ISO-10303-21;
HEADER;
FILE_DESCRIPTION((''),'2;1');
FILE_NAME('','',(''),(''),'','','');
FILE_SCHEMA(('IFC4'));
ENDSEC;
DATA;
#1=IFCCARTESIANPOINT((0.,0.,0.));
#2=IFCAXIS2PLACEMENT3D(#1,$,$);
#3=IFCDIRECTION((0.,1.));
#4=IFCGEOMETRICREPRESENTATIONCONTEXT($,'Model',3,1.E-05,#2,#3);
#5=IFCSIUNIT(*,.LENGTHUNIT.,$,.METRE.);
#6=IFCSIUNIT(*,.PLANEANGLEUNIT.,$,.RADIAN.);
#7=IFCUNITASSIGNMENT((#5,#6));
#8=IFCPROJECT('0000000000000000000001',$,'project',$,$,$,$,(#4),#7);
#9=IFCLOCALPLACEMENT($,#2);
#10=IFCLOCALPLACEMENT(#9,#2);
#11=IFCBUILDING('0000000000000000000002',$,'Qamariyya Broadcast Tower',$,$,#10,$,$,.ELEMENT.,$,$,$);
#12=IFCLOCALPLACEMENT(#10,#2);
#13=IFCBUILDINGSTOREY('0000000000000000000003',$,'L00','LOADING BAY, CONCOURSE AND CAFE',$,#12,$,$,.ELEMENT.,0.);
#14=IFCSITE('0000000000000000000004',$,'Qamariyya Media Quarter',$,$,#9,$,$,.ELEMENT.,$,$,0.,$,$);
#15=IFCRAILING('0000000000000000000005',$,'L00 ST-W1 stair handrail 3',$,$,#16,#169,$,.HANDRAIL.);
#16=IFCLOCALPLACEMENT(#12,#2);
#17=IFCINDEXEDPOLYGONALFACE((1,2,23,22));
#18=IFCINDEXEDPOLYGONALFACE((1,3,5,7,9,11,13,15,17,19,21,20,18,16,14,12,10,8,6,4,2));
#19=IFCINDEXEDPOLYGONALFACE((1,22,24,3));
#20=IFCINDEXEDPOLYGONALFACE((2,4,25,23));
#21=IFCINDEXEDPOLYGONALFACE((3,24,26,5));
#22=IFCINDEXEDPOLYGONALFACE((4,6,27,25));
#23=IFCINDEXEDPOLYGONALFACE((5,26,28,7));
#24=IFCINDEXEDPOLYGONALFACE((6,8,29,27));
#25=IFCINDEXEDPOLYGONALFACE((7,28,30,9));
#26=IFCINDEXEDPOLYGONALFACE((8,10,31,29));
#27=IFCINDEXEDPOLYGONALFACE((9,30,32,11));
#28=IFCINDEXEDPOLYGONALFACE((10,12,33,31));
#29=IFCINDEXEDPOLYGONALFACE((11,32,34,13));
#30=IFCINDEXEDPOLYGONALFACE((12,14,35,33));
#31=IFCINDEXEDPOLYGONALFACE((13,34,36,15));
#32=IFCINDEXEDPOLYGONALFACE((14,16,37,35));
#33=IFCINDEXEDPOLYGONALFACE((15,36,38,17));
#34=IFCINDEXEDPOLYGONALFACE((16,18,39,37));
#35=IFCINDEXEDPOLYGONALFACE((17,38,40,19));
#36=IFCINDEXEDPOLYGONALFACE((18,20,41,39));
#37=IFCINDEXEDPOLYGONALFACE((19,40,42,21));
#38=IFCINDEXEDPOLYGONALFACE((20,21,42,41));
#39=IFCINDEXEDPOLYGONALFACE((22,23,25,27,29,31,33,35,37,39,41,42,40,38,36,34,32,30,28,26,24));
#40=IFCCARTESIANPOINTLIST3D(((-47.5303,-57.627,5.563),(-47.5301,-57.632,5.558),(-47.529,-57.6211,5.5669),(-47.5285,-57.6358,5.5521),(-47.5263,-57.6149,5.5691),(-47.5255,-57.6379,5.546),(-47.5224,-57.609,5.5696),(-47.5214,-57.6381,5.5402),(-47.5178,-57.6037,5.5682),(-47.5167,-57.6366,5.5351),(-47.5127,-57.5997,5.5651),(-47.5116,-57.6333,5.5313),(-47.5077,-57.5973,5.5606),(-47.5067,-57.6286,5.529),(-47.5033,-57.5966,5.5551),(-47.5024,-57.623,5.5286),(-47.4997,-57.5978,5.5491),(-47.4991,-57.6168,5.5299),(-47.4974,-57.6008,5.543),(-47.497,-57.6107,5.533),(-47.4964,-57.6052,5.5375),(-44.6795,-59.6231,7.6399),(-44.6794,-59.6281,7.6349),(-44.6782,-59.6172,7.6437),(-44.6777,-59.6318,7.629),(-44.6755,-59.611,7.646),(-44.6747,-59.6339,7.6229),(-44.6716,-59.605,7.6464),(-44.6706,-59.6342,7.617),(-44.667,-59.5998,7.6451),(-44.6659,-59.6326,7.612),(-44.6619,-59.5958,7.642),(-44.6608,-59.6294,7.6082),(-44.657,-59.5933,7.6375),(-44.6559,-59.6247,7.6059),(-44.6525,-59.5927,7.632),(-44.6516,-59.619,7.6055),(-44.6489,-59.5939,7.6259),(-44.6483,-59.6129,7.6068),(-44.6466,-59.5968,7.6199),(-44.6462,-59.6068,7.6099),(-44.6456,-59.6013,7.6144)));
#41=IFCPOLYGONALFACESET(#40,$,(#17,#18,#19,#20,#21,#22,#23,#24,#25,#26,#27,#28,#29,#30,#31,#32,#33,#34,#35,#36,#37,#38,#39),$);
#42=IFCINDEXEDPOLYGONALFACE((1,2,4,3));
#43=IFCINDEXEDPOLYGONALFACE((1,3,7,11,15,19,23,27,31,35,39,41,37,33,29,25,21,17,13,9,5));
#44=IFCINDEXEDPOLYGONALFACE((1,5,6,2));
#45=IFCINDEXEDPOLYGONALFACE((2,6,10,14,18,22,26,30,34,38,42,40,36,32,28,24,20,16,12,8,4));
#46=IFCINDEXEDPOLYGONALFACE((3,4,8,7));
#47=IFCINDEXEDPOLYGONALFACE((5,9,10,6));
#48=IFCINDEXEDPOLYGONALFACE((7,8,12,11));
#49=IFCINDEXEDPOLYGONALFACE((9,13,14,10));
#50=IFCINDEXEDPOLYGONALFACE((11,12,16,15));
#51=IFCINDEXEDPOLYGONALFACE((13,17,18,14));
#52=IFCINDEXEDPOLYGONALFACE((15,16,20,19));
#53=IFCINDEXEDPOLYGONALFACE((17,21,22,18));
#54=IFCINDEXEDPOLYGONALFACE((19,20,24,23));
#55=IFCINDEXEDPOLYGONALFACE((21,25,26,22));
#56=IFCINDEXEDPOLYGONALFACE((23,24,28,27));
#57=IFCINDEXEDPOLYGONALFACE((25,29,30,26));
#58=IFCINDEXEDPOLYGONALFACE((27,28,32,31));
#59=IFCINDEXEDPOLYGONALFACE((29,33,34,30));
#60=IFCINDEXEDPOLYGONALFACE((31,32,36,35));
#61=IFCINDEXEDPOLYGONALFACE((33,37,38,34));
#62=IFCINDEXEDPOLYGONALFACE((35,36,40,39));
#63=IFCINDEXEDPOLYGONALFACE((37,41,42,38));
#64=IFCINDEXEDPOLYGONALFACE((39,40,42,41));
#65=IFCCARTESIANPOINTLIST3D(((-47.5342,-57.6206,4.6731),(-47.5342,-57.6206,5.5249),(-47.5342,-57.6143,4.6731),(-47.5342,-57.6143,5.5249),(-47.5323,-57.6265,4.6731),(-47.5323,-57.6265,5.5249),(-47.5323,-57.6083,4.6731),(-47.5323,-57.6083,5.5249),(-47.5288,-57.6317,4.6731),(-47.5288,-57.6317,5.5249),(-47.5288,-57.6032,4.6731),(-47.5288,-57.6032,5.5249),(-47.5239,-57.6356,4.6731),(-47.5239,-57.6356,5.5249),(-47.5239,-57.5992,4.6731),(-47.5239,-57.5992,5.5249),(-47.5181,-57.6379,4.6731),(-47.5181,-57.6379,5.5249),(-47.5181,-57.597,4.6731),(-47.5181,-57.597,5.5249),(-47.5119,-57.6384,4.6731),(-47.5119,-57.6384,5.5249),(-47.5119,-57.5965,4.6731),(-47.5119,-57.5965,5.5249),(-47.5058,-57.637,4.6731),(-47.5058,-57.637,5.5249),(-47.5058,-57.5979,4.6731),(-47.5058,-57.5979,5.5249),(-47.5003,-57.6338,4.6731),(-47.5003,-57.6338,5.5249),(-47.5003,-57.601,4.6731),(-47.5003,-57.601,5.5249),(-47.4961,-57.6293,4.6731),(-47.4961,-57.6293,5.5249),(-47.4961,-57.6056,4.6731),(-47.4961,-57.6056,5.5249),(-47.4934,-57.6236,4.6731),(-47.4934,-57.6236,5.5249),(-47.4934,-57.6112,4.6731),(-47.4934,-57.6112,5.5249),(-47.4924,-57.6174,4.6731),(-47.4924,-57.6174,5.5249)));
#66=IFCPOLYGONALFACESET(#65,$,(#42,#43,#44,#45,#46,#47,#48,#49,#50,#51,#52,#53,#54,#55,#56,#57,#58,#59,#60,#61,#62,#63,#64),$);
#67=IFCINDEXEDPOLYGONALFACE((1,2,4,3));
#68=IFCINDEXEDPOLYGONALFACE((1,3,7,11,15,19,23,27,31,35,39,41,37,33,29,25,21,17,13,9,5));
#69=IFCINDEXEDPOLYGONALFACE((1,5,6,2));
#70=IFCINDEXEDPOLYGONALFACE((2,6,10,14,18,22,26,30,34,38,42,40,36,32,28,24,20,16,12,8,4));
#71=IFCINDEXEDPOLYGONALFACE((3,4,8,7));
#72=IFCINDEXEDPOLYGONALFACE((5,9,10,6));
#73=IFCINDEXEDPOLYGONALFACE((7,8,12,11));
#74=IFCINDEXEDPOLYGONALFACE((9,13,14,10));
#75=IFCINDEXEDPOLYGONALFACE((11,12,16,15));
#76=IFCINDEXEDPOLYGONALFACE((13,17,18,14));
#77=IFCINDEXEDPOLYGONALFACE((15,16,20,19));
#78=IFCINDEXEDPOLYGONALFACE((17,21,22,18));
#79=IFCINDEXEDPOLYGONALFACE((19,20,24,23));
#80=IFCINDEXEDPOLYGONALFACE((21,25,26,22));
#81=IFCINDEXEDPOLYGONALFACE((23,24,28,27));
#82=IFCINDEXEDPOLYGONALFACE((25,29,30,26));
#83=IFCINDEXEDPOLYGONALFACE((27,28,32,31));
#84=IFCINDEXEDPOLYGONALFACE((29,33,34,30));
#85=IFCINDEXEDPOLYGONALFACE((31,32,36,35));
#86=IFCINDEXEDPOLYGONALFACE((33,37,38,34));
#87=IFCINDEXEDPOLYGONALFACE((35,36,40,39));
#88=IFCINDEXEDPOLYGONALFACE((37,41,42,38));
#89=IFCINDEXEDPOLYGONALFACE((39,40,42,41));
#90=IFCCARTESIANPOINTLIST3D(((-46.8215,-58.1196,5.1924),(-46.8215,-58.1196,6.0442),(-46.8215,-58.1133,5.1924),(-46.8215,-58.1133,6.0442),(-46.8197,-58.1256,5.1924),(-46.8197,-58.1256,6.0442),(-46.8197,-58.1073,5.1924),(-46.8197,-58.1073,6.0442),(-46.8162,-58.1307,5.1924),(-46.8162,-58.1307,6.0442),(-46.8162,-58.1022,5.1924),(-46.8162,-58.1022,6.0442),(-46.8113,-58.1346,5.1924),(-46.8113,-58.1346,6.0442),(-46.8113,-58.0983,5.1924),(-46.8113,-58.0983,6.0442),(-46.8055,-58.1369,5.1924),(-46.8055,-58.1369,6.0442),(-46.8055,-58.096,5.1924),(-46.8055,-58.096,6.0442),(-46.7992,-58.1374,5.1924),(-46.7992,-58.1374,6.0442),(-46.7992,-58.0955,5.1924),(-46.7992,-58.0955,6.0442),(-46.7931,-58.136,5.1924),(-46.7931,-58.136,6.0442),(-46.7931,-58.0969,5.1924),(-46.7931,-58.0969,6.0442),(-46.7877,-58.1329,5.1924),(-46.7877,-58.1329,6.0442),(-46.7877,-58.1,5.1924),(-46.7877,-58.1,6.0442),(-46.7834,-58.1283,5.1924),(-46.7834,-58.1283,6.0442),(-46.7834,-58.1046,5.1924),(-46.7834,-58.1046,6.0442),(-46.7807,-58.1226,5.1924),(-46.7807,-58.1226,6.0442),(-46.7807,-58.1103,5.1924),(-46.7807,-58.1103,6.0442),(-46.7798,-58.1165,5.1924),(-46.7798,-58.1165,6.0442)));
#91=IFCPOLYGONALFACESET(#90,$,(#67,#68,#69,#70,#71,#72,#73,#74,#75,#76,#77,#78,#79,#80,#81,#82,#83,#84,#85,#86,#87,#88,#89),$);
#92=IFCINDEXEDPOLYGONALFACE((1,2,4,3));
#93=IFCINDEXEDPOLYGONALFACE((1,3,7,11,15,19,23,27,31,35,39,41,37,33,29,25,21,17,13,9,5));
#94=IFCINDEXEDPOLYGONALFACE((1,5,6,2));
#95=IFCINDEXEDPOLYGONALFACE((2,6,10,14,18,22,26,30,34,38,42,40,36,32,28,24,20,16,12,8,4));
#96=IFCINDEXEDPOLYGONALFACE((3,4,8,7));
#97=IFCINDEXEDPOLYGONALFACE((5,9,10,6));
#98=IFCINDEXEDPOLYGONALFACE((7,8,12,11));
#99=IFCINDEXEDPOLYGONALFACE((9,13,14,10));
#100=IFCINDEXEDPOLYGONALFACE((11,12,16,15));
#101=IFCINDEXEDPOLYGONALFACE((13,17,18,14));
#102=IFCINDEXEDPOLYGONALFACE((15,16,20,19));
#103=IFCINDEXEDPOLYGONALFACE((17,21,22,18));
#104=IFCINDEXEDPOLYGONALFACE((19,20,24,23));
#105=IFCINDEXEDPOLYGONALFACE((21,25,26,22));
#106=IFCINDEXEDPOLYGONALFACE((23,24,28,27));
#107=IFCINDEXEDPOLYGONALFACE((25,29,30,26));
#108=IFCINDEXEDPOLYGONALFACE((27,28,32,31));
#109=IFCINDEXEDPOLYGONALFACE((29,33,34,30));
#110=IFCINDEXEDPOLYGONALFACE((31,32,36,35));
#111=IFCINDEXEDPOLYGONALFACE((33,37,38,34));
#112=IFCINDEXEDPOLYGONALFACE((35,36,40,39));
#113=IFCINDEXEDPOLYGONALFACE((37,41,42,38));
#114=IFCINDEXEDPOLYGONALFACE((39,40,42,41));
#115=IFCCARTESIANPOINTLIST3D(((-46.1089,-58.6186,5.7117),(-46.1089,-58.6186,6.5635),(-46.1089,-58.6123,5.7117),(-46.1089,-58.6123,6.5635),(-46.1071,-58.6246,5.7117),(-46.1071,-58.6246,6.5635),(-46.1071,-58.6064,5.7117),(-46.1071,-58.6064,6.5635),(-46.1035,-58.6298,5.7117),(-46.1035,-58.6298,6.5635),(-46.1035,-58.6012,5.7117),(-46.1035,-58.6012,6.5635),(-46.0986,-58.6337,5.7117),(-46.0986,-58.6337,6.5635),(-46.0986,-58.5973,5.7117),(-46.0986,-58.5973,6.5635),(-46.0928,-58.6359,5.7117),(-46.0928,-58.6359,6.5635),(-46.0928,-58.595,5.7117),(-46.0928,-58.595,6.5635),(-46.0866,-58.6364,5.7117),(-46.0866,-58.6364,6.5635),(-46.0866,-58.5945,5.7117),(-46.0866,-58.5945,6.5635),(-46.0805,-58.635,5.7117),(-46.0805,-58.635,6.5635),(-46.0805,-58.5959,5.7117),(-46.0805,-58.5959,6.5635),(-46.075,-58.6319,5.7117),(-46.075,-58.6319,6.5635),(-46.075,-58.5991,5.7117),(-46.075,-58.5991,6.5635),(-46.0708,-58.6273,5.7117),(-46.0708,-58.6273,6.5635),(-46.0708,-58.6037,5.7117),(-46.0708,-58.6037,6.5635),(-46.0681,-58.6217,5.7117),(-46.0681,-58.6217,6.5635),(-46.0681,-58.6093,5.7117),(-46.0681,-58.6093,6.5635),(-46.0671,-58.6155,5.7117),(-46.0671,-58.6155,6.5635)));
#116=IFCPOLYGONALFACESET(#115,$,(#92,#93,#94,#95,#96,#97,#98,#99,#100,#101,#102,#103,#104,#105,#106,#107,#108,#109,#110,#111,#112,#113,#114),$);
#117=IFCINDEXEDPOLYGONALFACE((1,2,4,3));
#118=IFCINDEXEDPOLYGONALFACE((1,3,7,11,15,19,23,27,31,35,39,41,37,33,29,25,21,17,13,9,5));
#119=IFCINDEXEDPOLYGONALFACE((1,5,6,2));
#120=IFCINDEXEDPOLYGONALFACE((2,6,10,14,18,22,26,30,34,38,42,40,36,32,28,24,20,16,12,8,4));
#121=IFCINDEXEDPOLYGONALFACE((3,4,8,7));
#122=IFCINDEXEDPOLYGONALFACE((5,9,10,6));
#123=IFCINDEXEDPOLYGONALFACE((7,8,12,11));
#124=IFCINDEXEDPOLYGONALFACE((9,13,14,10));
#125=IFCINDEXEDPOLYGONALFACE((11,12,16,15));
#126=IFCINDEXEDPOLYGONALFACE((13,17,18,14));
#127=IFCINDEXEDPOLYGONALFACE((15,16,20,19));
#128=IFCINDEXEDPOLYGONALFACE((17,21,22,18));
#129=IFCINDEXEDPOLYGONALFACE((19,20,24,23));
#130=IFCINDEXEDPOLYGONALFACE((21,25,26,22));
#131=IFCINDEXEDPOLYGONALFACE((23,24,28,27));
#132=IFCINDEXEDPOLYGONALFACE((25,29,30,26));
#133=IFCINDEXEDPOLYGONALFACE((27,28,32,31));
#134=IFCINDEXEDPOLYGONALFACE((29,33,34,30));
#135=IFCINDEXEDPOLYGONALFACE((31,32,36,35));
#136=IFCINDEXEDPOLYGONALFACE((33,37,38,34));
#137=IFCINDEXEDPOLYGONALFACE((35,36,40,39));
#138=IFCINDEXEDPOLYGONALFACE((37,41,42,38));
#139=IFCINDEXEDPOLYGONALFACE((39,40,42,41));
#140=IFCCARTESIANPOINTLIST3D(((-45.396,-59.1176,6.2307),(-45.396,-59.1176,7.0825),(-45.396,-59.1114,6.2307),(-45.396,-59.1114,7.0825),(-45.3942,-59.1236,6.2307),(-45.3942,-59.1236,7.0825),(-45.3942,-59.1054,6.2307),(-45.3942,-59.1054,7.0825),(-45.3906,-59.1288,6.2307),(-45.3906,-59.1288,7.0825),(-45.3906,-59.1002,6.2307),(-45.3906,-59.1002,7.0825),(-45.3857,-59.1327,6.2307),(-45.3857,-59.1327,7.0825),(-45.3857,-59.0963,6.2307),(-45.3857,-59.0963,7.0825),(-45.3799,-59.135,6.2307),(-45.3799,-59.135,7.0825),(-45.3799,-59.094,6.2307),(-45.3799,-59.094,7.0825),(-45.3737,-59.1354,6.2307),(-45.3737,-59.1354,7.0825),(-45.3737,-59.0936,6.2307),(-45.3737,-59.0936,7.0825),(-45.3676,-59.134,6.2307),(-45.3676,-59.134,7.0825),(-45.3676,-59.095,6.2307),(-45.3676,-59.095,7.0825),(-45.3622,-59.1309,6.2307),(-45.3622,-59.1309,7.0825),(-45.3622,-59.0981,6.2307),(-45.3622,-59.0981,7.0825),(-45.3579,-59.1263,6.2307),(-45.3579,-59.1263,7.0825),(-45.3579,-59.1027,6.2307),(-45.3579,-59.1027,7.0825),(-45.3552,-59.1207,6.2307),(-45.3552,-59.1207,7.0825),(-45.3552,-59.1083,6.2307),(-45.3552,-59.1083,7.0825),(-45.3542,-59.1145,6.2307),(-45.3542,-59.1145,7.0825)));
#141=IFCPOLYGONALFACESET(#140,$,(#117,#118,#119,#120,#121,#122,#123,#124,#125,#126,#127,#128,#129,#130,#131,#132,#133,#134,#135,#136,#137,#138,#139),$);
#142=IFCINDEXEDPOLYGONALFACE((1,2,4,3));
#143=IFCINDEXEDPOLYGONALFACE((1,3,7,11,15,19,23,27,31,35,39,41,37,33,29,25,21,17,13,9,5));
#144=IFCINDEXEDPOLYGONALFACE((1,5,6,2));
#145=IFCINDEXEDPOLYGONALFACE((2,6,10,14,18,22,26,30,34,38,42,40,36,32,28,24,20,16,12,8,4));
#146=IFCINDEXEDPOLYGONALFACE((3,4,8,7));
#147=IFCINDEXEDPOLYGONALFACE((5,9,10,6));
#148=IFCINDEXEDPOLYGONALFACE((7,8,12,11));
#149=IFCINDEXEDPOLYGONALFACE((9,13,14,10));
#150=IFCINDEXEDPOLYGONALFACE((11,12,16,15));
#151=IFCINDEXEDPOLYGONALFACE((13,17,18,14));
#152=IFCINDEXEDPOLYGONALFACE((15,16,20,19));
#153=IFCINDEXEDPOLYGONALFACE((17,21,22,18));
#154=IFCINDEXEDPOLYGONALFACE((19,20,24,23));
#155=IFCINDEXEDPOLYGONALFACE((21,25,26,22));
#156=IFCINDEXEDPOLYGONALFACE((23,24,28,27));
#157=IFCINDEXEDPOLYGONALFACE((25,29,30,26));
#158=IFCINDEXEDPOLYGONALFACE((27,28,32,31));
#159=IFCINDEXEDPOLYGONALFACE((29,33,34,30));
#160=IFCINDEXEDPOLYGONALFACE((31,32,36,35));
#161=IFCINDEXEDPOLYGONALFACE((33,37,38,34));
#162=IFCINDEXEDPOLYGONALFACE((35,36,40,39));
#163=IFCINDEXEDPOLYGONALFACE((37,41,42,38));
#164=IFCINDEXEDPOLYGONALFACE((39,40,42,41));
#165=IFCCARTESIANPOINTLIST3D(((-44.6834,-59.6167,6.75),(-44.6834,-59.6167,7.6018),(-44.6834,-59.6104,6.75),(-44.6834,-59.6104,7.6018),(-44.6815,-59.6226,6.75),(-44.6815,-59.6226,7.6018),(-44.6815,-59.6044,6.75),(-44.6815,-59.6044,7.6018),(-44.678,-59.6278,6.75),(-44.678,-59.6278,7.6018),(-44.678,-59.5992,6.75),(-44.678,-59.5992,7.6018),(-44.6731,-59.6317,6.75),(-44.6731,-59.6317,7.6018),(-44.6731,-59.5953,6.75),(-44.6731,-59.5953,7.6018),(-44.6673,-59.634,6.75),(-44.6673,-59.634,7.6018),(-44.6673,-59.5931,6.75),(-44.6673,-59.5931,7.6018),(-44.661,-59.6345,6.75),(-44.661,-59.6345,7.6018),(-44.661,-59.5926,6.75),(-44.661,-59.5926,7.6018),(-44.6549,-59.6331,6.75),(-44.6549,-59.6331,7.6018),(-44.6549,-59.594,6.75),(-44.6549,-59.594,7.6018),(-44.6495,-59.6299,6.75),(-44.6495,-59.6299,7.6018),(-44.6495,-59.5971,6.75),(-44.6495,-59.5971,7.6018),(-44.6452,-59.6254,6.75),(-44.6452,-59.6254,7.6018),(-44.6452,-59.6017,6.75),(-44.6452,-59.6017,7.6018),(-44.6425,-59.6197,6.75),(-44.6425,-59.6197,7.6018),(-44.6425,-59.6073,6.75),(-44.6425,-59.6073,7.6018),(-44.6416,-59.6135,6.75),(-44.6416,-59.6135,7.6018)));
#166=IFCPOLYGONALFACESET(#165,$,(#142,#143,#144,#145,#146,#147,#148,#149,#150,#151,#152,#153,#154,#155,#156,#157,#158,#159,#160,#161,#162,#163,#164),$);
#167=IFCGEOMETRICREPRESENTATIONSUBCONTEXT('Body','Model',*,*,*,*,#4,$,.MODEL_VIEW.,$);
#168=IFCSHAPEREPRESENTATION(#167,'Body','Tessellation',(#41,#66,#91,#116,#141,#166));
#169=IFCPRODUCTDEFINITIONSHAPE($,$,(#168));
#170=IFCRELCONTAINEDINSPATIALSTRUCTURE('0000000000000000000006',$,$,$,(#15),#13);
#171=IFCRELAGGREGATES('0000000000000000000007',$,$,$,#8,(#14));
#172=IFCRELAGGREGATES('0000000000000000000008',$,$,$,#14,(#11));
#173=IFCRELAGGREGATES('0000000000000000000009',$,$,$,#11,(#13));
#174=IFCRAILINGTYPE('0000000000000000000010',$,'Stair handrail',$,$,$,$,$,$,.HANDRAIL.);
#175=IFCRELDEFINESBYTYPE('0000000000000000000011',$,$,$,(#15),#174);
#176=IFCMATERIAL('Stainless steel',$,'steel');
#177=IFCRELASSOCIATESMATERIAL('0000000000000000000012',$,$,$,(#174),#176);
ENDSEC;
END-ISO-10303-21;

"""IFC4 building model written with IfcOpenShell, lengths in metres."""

from ifc_helpers import new_model, si_unit, direction, frame, origin, origin_2d, place, context, subcontext, project, spatial, circle, extrude, material, type_object, element, save


model = new_model("IFC4")

# Units and contexts
model_context = context("Model", 3, precision=1e-05, world=origin(), true_north=direction((0.0, 1.0)))
body_context = subcontext(model_context, "Body", "Model", "MODEL_VIEW")
ifc_project = project(units=[si_unit("LENGTHUNIT", "METRE"), si_unit("PLANEANGLEUNIT", "RADIAN")], contexts=[model_context])

# Site, building, storey
site_placement = place(None, origin())
site = spatial("IfcSite", under=ifc_project, at=site_placement, Name="Qamariyya Media Quarter", CompositionType="ELEMENT", RefElevation=0.0)
building_placement = place(site_placement, origin())
building = spatial("IfcBuilding", under=site, at=building_placement, Name="Qamariyya Broadcast Tower", CompositionType="ELEMENT")
storey_placement = place(building_placement, origin())
storey = spatial("IfcBuildingStorey", under=building, at=storey_placement, Name="L00", Description="LOADING BAY, CONCOURSE AND CAFE", CompositionType="ELEMENT", Elevation=0.0)

# Railing
ifc_material_1 = material(Name="Stainless steel", Category="steel")
railing_type_1 = type_object("IfcRailingType", Name="Stair handrail", PredefinedType="HANDRAIL", material=ifc_material_1)
for number, where, name in (
    (1, (-47.5134, -57.6174, 4.6731), "L00 ST-W1 stair handrail 3"),
):
    element("IfcRailing", number, at=place(storey_placement, frame(where)), inside=storey, type_object=railing_type_1, Name=name, PredefinedType="HANDRAIL", context=body_context, shape_type="SweptSolid", body=[
        extrude(circle(Radius=0.0239, at=origin_2d()), frame((0.0, 0.0, 0.876), z_axis=(0.703423, -0.492523, 0.512462), x_axis=(0.573561, 0.819163, 0.0)), (0.0, 0.0, 1.0), 4.0527),
        extrude(circle(Radius=0.021, at=origin_2d()), origin(), (0.0, 0.0, 1.0), 0.8518),
        extrude(circle(Radius=0.021, at=origin_2d()), frame((0.7126, -0.499, 0.5193)), (0.0, 0.0, 1.0), 0.8518),
        extrude(circle(Radius=0.021, at=origin_2d()), frame((1.4253, -0.998, 1.0386)), (0.0, 0.0, 1.0), 0.8518),
        extrude(circle(Radius=0.021, at=origin_2d()), frame((2.1382, -1.4971, 1.5576)), (0.0, 0.0, 1.0), 0.8518),
        extrude(circle(Radius=0.021, at=origin_2d()), frame((2.8508, -1.9961, 2.0769)), (0.0, 0.0, 1.0), 0.8518),
    ])

save(model, "model.ifc")
